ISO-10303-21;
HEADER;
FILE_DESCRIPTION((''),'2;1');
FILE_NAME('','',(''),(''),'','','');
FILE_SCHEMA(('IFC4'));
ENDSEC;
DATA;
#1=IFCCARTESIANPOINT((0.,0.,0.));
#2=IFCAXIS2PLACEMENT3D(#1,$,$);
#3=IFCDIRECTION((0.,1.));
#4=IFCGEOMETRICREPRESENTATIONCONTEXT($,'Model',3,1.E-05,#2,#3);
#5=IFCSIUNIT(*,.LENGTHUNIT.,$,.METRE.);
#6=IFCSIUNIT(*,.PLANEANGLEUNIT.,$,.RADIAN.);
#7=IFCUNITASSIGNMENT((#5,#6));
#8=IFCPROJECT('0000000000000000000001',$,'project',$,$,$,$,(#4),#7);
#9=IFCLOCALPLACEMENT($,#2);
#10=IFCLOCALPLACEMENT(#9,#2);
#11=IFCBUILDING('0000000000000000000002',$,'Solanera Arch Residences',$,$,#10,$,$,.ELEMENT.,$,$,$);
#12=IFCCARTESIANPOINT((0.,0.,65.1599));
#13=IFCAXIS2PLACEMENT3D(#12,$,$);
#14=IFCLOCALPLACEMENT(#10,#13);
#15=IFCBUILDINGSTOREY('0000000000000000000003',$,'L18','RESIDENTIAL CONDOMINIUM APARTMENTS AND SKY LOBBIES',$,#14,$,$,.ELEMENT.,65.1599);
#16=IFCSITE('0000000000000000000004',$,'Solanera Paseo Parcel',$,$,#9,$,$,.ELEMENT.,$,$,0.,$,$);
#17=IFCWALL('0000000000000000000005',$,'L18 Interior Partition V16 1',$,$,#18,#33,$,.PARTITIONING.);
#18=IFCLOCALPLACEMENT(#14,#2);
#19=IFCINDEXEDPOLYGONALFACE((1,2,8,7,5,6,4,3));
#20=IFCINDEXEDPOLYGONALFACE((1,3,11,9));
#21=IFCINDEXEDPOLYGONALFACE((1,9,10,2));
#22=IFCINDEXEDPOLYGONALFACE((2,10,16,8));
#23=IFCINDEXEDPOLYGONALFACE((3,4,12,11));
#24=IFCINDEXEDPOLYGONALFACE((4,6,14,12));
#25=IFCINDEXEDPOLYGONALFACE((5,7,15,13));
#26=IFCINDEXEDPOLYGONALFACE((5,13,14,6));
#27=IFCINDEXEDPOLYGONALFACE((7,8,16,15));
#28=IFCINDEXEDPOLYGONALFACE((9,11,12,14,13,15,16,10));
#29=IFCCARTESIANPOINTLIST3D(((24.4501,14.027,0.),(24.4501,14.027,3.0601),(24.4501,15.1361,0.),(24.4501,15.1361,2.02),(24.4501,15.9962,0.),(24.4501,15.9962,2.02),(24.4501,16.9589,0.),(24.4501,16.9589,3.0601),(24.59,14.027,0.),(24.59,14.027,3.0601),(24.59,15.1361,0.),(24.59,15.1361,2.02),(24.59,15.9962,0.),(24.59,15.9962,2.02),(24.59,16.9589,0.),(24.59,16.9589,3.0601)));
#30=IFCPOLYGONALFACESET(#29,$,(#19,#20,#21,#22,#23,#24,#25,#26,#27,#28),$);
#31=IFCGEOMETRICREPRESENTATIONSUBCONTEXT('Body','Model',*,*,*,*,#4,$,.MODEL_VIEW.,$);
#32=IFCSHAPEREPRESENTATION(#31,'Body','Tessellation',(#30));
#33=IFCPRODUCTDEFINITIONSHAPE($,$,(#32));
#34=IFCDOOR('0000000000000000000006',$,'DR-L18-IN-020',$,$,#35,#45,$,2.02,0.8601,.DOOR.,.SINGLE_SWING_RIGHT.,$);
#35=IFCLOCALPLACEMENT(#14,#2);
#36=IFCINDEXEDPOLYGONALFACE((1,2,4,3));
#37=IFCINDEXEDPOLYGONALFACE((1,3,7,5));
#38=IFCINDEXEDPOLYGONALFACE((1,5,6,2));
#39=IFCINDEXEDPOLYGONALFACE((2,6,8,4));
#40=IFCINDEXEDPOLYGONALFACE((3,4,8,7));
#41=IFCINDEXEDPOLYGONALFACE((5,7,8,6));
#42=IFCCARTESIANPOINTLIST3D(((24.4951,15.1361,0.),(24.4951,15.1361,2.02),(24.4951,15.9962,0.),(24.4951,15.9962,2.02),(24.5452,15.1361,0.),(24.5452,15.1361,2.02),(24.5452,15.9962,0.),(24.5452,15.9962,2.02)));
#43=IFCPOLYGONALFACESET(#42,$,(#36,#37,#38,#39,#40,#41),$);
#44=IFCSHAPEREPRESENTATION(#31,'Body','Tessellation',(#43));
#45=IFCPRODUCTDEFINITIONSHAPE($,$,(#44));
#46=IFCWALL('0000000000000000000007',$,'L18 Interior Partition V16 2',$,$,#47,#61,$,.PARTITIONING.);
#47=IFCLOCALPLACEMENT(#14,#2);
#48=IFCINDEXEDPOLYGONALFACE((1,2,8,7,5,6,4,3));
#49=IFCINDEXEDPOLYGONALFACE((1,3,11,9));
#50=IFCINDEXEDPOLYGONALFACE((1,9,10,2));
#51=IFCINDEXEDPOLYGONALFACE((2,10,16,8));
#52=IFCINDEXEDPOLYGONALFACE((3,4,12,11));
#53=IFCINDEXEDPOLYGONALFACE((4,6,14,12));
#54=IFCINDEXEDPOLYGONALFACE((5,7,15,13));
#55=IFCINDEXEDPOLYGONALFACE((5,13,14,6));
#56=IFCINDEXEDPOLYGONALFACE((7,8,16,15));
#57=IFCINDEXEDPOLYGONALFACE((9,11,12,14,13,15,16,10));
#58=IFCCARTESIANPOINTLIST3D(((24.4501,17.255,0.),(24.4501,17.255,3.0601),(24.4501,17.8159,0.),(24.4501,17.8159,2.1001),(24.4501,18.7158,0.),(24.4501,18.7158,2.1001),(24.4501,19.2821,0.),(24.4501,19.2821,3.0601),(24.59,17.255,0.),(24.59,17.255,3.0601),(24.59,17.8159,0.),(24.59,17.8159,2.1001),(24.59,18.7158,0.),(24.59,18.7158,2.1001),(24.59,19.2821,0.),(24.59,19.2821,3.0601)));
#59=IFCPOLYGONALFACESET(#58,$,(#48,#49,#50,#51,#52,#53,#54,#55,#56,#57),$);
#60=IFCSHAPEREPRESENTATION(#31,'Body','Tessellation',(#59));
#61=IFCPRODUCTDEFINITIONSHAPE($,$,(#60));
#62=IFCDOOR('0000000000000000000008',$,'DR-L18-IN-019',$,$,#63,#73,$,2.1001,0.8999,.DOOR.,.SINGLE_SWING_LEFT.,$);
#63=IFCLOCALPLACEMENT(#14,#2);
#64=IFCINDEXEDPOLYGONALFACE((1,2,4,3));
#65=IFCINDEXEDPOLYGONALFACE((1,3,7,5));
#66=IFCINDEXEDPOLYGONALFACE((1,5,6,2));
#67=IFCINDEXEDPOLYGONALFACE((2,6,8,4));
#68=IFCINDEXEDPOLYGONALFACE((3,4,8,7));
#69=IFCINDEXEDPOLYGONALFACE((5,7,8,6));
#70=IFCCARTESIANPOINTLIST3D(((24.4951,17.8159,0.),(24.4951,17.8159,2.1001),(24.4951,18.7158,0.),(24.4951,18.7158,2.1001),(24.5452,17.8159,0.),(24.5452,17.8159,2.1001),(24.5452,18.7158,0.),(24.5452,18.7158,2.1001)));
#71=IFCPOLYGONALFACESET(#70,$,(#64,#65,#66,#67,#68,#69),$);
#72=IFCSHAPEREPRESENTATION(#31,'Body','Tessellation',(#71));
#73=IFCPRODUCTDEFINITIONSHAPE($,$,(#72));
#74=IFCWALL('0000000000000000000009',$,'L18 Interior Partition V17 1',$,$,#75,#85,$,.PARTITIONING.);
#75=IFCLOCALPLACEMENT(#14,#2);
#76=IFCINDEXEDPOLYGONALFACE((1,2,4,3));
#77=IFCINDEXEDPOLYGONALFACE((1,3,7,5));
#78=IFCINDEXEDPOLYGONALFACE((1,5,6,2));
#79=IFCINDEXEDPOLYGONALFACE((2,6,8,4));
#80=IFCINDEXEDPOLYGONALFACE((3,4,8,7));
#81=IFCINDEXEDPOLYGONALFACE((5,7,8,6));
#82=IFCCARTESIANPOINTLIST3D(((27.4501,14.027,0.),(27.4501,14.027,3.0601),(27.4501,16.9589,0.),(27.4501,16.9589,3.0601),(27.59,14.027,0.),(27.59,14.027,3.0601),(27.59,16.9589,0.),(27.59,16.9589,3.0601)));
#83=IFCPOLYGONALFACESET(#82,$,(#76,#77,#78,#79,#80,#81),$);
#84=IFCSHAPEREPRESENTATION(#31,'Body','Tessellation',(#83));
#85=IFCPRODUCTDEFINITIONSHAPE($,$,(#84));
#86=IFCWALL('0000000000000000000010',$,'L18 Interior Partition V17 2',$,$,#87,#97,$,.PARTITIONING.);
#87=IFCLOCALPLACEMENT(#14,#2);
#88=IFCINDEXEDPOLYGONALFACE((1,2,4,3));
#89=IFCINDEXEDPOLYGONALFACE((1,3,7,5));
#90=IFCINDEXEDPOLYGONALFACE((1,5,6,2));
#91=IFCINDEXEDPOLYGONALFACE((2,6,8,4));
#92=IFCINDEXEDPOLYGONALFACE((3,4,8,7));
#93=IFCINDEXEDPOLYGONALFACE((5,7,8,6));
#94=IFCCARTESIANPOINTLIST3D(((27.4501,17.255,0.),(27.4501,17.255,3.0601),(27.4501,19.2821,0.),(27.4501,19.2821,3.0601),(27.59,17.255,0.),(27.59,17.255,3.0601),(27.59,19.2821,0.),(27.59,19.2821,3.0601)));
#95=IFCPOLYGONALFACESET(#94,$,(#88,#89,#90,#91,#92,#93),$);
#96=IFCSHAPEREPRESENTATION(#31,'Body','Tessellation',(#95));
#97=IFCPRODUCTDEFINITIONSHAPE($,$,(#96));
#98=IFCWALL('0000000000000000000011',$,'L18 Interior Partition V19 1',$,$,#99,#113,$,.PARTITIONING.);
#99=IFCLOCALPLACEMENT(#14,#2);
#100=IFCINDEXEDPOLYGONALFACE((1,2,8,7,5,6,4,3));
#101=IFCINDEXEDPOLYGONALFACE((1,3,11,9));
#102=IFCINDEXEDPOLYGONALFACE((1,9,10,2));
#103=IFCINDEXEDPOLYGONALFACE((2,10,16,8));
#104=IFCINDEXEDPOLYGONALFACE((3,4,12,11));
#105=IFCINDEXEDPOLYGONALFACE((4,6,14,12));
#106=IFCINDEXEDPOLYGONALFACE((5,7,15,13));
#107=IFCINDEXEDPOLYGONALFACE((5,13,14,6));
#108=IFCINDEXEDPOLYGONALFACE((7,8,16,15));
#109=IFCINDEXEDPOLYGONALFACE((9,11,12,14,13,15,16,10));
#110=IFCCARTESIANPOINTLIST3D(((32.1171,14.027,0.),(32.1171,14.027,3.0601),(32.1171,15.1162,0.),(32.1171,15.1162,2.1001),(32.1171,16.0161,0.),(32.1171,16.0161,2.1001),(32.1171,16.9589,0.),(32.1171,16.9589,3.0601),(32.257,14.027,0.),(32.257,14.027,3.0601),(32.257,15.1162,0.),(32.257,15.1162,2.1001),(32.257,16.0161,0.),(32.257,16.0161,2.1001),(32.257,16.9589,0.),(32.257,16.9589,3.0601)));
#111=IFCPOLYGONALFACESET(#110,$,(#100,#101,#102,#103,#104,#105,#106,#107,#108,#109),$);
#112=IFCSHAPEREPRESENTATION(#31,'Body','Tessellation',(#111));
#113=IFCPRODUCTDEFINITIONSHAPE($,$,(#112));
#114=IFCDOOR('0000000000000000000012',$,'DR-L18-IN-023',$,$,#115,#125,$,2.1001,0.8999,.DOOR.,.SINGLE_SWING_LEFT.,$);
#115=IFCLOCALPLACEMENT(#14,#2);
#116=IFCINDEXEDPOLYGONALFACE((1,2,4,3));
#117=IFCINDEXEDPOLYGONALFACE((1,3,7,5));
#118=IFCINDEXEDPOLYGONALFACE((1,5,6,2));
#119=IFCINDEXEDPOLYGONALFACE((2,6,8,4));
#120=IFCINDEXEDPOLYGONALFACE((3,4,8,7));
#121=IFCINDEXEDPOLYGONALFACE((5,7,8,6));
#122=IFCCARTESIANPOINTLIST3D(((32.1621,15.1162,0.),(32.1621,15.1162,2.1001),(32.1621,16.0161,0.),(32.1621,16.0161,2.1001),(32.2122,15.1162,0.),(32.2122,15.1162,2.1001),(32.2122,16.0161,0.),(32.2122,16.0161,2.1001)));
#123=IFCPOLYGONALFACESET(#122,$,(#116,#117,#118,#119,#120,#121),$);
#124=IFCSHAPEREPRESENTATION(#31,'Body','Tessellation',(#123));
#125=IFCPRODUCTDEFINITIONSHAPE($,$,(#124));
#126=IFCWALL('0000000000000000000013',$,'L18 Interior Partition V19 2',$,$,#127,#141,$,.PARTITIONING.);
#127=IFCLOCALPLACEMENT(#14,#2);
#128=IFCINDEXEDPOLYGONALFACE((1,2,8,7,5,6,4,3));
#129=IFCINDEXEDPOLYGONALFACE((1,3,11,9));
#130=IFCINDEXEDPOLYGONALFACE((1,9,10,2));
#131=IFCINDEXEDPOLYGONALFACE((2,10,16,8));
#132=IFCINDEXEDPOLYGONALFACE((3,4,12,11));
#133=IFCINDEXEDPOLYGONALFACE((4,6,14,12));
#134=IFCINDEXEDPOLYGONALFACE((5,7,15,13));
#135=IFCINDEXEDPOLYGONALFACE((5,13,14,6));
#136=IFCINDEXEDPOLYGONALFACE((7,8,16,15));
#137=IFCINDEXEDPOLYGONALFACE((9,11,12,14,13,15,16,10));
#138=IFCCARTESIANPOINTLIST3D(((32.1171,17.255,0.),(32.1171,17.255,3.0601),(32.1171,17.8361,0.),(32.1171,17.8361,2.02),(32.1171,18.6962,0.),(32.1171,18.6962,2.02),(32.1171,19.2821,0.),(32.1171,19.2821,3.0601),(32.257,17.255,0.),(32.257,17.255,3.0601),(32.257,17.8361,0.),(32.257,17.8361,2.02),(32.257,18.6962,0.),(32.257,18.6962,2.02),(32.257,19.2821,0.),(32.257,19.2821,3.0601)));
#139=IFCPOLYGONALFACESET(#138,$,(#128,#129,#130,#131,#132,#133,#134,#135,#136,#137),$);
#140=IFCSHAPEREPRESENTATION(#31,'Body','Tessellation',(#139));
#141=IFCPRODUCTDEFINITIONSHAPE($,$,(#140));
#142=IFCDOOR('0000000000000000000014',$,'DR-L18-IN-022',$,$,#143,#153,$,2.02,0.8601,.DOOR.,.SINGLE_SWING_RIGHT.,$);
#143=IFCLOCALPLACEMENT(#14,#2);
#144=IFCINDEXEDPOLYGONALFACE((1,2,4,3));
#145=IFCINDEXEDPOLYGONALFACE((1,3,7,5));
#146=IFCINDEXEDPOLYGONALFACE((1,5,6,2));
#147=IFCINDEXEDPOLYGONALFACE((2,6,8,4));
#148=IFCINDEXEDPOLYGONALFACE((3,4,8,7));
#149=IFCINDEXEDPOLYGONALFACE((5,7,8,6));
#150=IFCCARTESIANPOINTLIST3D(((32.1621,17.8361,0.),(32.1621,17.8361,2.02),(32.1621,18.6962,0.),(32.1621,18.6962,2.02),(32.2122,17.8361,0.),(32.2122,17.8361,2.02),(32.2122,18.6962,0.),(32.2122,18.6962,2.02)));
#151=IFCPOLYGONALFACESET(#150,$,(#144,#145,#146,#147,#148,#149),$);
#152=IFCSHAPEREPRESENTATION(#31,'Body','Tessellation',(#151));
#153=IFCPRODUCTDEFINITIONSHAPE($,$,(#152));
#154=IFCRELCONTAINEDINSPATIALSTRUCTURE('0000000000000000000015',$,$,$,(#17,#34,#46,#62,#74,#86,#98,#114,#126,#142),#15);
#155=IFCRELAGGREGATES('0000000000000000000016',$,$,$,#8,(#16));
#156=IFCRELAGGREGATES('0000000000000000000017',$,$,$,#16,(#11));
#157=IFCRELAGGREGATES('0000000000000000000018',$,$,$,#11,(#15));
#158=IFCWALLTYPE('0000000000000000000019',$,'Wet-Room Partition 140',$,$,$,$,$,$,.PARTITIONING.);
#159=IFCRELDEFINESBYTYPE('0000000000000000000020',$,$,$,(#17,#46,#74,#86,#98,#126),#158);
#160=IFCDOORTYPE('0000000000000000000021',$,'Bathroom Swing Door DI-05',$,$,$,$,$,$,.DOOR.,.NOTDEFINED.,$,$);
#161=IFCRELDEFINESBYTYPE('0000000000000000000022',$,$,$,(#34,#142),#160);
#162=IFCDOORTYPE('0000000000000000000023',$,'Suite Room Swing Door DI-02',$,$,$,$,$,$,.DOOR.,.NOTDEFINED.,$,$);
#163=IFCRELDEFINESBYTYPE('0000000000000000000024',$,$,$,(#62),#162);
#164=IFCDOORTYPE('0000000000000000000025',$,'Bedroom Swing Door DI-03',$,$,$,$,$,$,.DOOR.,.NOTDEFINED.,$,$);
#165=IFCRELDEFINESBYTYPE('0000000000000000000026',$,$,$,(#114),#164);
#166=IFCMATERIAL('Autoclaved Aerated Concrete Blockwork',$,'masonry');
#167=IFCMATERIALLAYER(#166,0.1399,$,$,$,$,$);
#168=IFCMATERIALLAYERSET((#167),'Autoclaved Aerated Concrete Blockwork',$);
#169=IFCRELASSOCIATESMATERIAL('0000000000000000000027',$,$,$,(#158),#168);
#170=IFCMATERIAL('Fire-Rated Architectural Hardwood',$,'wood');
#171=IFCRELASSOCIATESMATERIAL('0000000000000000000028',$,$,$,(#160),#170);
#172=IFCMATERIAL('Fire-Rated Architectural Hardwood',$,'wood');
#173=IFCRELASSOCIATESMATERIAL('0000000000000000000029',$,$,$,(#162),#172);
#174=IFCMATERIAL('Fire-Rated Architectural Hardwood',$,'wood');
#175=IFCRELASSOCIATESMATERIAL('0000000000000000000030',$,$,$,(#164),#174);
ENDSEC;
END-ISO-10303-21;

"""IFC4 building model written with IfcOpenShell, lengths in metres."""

from ifc_helpers import new_model, si_unit, direction, frame, frame_2d, origin, place, context, subcontext, project, spatial, rectangle, extrude, material, layer, layer_set, type_object, element, fill, save


model = new_model("IFC4")

# Units and contexts
model_context = context("Model", 3, precision=1e-05, world=origin(), true_north=direction((0.0, 1.0)))
body_context = subcontext(model_context, "Body", "Model", "MODEL_VIEW")
ifc_project = project(units=[si_unit("LENGTHUNIT", "METRE"), si_unit("PLANEANGLEUNIT", "RADIAN")], contexts=[model_context])

# Site, building, storey
site_placement = place(None, origin())
site = spatial("IfcSite", under=ifc_project, at=site_placement, Name="Solanera Paseo Parcel", CompositionType="ELEMENT", RefElevation=0.0)
building_placement = place(site_placement, origin())
building = spatial("IfcBuilding", under=site, at=building_placement, Name="Solanera Arch Residences", CompositionType="ELEMENT")
storey_placement = place(building_placement, frame((0.0, 0.0, 65.1599)))
storey = spatial("IfcBuildingStorey", under=building, at=storey_placement, Name="L18", Description="RESIDENTIAL CONDOMINIUM APARTMENTS AND SKY LOBBIES", CompositionType="ELEMENT", Elevation=65.1599)

# Shared definitions
ifc_material_1 = material(Name="Autoclaved Aerated Concrete Blockwork", Category="masonry")
ifc_layer_1 = layer(ifc_material_1, 0.1399)
ifc_layer_set_1 = layer_set([ifc_layer_1], Name="Autoclaved Aerated Concrete Blockwork")
wall_type_1 = type_object("IfcWallType", Name="Wet-Room Partition 140", PredefinedType="PARTITIONING", material=ifc_layer_set_1)

# Walls, openings, doors
wall_1_placement = place(storey_placement, frame((24.52, 14.0271, 0.0), z_axis=(0.0, 0.0, 1.0), x_axis=(0.0, 1.0, 0.0)))
wall_1 = element("IfcWall", 1, at=wall_1_placement, inside=storey, type_object=wall_type_1, Name="L18 Interior Partition V16 1", PredefinedType="PARTITIONING", context=body_context, shape_type="SweptSolid", body=[
    extrude(rectangle(XDim=2.9319, YDim=0.1399, at=frame_2d((1.4658, 0.0))), origin(), (0.0, 0.0, 1.0), 3.0601),
])
opening_1_placement = place(wall_1_placement, frame((1.1089, 0.0, 0.0)))
opening_1 = element("IfcOpeningElement", 2, at=opening_1_placement, cuts=wall_1, PredefinedType="OPENING", context=body_context, shape_type="SweptSolid", body=[
    extrude(rectangle(XDim=0.8601, YDim=2.02, at=frame_2d((0.4302, 1.01))), frame((0.0, 0.0798, 0.0), z_axis=(0.0, -1.0, 0.0), x_axis=(1.0, 0.0, 0.0)), (0.0, 0.0, 1.0), 0.1599),
])
ifc_material_2 = material(Name="Fire-Rated Architectural Hardwood", Category="wood")
door_type_1 = type_object("IfcDoorType", Name="Bathroom Swing Door DI-05", OperationType="NOTDEFINED", PredefinedType="DOOR", material=ifc_material_2)
door_1_placement = place(opening_1_placement, origin())
door_1 = element("IfcDoor", 3, at=door_1_placement, inside=storey, type_object=door_type_1, Name="DR-L18-IN-020", OperationType="SINGLE_SWING_RIGHT", OverallHeight=2.02, OverallWidth=0.8601, PredefinedType="DOOR", context=body_context, shape_type="SweptSolid", body=[
    extrude(rectangle(XDim=0.8601, YDim=2.02, at=frame_2d((0.4302, 1.01))), frame((0.0, 0.0249, 0.0), z_axis=(0.0, -1.0, 0.0), x_axis=(1.0, 0.0, 0.0)), (0.0, 0.0, 1.0), 0.05),
])
fill(opening_1, door_1)
wall_2_placement = place(storey_placement, frame((24.52, 17.2549, 0.0), z_axis=(0.0, 0.0, 1.0), x_axis=(0.0, 1.0, 0.0)))
wall_2 = element("IfcWall", 4, at=wall_2_placement, inside=storey, type_object=wall_type_1, Name="L18 Interior Partition V16 2", PredefinedType="PARTITIONING", context=body_context, shape_type="SweptSolid", body=[
    extrude(rectangle(XDim=2.0271, YDim=0.1399, at=frame_2d((1.0137, 0.0))), origin(), (0.0, 0.0, 1.0), 3.0601),
])
opening_2_placement = place(wall_2_placement, frame((0.561, 0.0, 0.0)))
opening_2 = element("IfcOpeningElement", 5, at=opening_2_placement, cuts=wall_2, PredefinedType="OPENING", context=body_context, shape_type="SweptSolid", body=[
    extrude(rectangle(XDim=0.8999, YDim=2.1001, at=frame_2d((0.45, 1.05))), frame((0.0, 0.0798, 0.0), z_axis=(0.0, -1.0, 0.0), x_axis=(1.0, 0.0, 0.0)), (0.0, 0.0, 1.0), 0.1599),
])
ifc_material_3 = material(Name="Fire-Rated Architectural Hardwood", Category="wood")
door_type_2 = type_object("IfcDoorType", Name="Suite Room Swing Door DI-02", OperationType="NOTDEFINED", PredefinedType="DOOR", material=ifc_material_3)
door_2_placement = place(opening_2_placement, origin())
door_2 = element("IfcDoor", 6, at=door_2_placement, inside=storey, type_object=door_type_2, Name="DR-L18-IN-019", OperationType="SINGLE_SWING_LEFT", OverallHeight=2.1001, OverallWidth=0.8999, PredefinedType="DOOR", context=body_context, shape_type="SweptSolid", body=[
    extrude(rectangle(XDim=0.8999, YDim=2.1001, at=frame_2d((0.45, 1.05))), frame((0.0, 0.0249, 0.0), z_axis=(0.0, -1.0, 0.0), x_axis=(1.0, 0.0, 0.0)), (0.0, 0.0, 1.0), 0.05),
])
fill(opening_2, door_2)

# Walls
wall_3_placement = place(storey_placement, frame((27.52, 14.0271, 0.0), z_axis=(0.0, 0.0, 1.0), x_axis=(0.0, 1.0, 0.0)))
element("IfcWall", 7, at=wall_3_placement, inside=storey, type_object=wall_type_1, Name="L18 Interior Partition V17 1", PredefinedType="PARTITIONING", context=body_context, shape_type="SweptSolid", body=[
    extrude(rectangle(XDim=2.9319, YDim=0.1399, at=frame_2d((1.4658, 0.0))), origin(), (0.0, 0.0, 1.0), 3.0601),
])
wall_4_placement = place(storey_placement, frame((27.52, 17.2549, 0.0), z_axis=(0.0, 0.0, 1.0), x_axis=(0.0, 1.0, 0.0)))
element("IfcWall", 8, at=wall_4_placement, inside=storey, type_object=wall_type_1, Name="L18 Interior Partition V17 2", PredefinedType="PARTITIONING", context=body_context, shape_type="SweptSolid", body=[
    extrude(rectangle(XDim=2.0271, YDim=0.1399, at=frame_2d((1.0137, 0.0))), origin(), (0.0, 0.0, 1.0), 3.0601),
])

# Walls, openings, doors
wall_5_placement = place(storey_placement, frame((32.187, 14.0271, 0.0), z_axis=(0.0, 0.0, 1.0), x_axis=(0.0, 1.0, 0.0)))
wall_5 = element("IfcWall", 9, at=wall_5_placement, inside=storey, type_object=wall_type_1, Name="L18 Interior Partition V19 1", PredefinedType="PARTITIONING", context=body_context, shape_type="SweptSolid", body=[
    extrude(rectangle(XDim=2.9319, YDim=0.1399, at=frame_2d((1.4658, 0.0))), origin(), (0.0, 0.0, 1.0), 3.0601),
])
opening_3_placement = place(wall_5_placement, frame((1.0891, 0.0, 0.0)))
opening_3 = element("IfcOpeningElement", 10, at=opening_3_placement, cuts=wall_5, PredefinedType="OPENING", context=body_context, shape_type="SweptSolid", body=[
    extrude(rectangle(XDim=0.8999, YDim=2.1001, at=frame_2d((0.45, 1.05))), frame((0.0, 0.0798, 0.0), z_axis=(0.0, -1.0, 0.0), x_axis=(1.0, 0.0, 0.0)), (0.0, 0.0, 1.0), 0.1599),
])
ifc_material_4 = material(Name="Fire-Rated Architectural Hardwood", Category="wood")
door_type_3 = type_object("IfcDoorType", Name="Bedroom Swing Door DI-03", OperationType="NOTDEFINED", PredefinedType="DOOR", material=ifc_material_4)
door_3_placement = place(opening_3_placement, origin())
door_3 = element("IfcDoor", 11, at=door_3_placement, inside=storey, type_object=door_type_3, Name="DR-L18-IN-023", OperationType="SINGLE_SWING_LEFT", OverallHeight=2.1001, OverallWidth=0.8999, PredefinedType="DOOR", context=body_context, shape_type="SweptSolid", body=[
    extrude(rectangle(XDim=0.8999, YDim=2.1001, at=frame_2d((0.45, 1.05))), frame((0.0, 0.0249, 0.0), z_axis=(0.0, -1.0, 0.0), x_axis=(1.0, 0.0, 0.0)), (0.0, 0.0, 1.0), 0.05),
])
fill(opening_3, door_3)
wall_6_placement = place(storey_placement, frame((32.187, 17.2549, 0.0), z_axis=(0.0, 0.0, 1.0), x_axis=(0.0, 1.0, 0.0)))
wall_6 = element("IfcWall", 12, at=wall_6_placement, inside=storey, type_object=wall_type_1, Name="L18 Interior Partition V19 2", PredefinedType="PARTITIONING", context=body_context, shape_type="SweptSolid", body=[
    extrude(rectangle(XDim=2.0271, YDim=0.1399, at=frame_2d((1.0137, 0.0))), origin(), (0.0, 0.0, 1.0), 3.0601),
])
opening_4_placement = place(wall_6_placement, frame((0.5811, 0.0, 0.0)))
opening_4 = element("IfcOpeningElement", 13, at=opening_4_placement, cuts=wall_6, PredefinedType="OPENING", context=body_context, shape_type="SweptSolid", body=[
    extrude(rectangle(XDim=0.8601, YDim=2.02, at=frame_2d((0.4302, 1.01))), frame((0.0, 0.0798, 0.0), z_axis=(0.0, -1.0, 0.0), x_axis=(1.0, 0.0, 0.0)), (0.0, 0.0, 1.0), 0.1599),
])
door_4_placement = place(opening_4_placement, origin())
door_4 = element("IfcDoor", 14, at=door_4_placement, inside=storey, type_object=door_type_1, Name="DR-L18-IN-022", OperationType="SINGLE_SWING_RIGHT", OverallHeight=2.02, OverallWidth=0.8601, PredefinedType="DOOR", context=body_context, shape_type="SweptSolid", body=[
    extrude(rectangle(XDim=0.8601, YDim=2.02, at=frame_2d((0.4302, 1.01))), frame((0.0, 0.0249, 0.0), z_axis=(0.0, -1.0, 0.0), x_axis=(1.0, 0.0, 0.0)), (0.0, 0.0, 1.0), 0.05),
])
fill(opening_4, door_4)

save(model, "model.ifc")
